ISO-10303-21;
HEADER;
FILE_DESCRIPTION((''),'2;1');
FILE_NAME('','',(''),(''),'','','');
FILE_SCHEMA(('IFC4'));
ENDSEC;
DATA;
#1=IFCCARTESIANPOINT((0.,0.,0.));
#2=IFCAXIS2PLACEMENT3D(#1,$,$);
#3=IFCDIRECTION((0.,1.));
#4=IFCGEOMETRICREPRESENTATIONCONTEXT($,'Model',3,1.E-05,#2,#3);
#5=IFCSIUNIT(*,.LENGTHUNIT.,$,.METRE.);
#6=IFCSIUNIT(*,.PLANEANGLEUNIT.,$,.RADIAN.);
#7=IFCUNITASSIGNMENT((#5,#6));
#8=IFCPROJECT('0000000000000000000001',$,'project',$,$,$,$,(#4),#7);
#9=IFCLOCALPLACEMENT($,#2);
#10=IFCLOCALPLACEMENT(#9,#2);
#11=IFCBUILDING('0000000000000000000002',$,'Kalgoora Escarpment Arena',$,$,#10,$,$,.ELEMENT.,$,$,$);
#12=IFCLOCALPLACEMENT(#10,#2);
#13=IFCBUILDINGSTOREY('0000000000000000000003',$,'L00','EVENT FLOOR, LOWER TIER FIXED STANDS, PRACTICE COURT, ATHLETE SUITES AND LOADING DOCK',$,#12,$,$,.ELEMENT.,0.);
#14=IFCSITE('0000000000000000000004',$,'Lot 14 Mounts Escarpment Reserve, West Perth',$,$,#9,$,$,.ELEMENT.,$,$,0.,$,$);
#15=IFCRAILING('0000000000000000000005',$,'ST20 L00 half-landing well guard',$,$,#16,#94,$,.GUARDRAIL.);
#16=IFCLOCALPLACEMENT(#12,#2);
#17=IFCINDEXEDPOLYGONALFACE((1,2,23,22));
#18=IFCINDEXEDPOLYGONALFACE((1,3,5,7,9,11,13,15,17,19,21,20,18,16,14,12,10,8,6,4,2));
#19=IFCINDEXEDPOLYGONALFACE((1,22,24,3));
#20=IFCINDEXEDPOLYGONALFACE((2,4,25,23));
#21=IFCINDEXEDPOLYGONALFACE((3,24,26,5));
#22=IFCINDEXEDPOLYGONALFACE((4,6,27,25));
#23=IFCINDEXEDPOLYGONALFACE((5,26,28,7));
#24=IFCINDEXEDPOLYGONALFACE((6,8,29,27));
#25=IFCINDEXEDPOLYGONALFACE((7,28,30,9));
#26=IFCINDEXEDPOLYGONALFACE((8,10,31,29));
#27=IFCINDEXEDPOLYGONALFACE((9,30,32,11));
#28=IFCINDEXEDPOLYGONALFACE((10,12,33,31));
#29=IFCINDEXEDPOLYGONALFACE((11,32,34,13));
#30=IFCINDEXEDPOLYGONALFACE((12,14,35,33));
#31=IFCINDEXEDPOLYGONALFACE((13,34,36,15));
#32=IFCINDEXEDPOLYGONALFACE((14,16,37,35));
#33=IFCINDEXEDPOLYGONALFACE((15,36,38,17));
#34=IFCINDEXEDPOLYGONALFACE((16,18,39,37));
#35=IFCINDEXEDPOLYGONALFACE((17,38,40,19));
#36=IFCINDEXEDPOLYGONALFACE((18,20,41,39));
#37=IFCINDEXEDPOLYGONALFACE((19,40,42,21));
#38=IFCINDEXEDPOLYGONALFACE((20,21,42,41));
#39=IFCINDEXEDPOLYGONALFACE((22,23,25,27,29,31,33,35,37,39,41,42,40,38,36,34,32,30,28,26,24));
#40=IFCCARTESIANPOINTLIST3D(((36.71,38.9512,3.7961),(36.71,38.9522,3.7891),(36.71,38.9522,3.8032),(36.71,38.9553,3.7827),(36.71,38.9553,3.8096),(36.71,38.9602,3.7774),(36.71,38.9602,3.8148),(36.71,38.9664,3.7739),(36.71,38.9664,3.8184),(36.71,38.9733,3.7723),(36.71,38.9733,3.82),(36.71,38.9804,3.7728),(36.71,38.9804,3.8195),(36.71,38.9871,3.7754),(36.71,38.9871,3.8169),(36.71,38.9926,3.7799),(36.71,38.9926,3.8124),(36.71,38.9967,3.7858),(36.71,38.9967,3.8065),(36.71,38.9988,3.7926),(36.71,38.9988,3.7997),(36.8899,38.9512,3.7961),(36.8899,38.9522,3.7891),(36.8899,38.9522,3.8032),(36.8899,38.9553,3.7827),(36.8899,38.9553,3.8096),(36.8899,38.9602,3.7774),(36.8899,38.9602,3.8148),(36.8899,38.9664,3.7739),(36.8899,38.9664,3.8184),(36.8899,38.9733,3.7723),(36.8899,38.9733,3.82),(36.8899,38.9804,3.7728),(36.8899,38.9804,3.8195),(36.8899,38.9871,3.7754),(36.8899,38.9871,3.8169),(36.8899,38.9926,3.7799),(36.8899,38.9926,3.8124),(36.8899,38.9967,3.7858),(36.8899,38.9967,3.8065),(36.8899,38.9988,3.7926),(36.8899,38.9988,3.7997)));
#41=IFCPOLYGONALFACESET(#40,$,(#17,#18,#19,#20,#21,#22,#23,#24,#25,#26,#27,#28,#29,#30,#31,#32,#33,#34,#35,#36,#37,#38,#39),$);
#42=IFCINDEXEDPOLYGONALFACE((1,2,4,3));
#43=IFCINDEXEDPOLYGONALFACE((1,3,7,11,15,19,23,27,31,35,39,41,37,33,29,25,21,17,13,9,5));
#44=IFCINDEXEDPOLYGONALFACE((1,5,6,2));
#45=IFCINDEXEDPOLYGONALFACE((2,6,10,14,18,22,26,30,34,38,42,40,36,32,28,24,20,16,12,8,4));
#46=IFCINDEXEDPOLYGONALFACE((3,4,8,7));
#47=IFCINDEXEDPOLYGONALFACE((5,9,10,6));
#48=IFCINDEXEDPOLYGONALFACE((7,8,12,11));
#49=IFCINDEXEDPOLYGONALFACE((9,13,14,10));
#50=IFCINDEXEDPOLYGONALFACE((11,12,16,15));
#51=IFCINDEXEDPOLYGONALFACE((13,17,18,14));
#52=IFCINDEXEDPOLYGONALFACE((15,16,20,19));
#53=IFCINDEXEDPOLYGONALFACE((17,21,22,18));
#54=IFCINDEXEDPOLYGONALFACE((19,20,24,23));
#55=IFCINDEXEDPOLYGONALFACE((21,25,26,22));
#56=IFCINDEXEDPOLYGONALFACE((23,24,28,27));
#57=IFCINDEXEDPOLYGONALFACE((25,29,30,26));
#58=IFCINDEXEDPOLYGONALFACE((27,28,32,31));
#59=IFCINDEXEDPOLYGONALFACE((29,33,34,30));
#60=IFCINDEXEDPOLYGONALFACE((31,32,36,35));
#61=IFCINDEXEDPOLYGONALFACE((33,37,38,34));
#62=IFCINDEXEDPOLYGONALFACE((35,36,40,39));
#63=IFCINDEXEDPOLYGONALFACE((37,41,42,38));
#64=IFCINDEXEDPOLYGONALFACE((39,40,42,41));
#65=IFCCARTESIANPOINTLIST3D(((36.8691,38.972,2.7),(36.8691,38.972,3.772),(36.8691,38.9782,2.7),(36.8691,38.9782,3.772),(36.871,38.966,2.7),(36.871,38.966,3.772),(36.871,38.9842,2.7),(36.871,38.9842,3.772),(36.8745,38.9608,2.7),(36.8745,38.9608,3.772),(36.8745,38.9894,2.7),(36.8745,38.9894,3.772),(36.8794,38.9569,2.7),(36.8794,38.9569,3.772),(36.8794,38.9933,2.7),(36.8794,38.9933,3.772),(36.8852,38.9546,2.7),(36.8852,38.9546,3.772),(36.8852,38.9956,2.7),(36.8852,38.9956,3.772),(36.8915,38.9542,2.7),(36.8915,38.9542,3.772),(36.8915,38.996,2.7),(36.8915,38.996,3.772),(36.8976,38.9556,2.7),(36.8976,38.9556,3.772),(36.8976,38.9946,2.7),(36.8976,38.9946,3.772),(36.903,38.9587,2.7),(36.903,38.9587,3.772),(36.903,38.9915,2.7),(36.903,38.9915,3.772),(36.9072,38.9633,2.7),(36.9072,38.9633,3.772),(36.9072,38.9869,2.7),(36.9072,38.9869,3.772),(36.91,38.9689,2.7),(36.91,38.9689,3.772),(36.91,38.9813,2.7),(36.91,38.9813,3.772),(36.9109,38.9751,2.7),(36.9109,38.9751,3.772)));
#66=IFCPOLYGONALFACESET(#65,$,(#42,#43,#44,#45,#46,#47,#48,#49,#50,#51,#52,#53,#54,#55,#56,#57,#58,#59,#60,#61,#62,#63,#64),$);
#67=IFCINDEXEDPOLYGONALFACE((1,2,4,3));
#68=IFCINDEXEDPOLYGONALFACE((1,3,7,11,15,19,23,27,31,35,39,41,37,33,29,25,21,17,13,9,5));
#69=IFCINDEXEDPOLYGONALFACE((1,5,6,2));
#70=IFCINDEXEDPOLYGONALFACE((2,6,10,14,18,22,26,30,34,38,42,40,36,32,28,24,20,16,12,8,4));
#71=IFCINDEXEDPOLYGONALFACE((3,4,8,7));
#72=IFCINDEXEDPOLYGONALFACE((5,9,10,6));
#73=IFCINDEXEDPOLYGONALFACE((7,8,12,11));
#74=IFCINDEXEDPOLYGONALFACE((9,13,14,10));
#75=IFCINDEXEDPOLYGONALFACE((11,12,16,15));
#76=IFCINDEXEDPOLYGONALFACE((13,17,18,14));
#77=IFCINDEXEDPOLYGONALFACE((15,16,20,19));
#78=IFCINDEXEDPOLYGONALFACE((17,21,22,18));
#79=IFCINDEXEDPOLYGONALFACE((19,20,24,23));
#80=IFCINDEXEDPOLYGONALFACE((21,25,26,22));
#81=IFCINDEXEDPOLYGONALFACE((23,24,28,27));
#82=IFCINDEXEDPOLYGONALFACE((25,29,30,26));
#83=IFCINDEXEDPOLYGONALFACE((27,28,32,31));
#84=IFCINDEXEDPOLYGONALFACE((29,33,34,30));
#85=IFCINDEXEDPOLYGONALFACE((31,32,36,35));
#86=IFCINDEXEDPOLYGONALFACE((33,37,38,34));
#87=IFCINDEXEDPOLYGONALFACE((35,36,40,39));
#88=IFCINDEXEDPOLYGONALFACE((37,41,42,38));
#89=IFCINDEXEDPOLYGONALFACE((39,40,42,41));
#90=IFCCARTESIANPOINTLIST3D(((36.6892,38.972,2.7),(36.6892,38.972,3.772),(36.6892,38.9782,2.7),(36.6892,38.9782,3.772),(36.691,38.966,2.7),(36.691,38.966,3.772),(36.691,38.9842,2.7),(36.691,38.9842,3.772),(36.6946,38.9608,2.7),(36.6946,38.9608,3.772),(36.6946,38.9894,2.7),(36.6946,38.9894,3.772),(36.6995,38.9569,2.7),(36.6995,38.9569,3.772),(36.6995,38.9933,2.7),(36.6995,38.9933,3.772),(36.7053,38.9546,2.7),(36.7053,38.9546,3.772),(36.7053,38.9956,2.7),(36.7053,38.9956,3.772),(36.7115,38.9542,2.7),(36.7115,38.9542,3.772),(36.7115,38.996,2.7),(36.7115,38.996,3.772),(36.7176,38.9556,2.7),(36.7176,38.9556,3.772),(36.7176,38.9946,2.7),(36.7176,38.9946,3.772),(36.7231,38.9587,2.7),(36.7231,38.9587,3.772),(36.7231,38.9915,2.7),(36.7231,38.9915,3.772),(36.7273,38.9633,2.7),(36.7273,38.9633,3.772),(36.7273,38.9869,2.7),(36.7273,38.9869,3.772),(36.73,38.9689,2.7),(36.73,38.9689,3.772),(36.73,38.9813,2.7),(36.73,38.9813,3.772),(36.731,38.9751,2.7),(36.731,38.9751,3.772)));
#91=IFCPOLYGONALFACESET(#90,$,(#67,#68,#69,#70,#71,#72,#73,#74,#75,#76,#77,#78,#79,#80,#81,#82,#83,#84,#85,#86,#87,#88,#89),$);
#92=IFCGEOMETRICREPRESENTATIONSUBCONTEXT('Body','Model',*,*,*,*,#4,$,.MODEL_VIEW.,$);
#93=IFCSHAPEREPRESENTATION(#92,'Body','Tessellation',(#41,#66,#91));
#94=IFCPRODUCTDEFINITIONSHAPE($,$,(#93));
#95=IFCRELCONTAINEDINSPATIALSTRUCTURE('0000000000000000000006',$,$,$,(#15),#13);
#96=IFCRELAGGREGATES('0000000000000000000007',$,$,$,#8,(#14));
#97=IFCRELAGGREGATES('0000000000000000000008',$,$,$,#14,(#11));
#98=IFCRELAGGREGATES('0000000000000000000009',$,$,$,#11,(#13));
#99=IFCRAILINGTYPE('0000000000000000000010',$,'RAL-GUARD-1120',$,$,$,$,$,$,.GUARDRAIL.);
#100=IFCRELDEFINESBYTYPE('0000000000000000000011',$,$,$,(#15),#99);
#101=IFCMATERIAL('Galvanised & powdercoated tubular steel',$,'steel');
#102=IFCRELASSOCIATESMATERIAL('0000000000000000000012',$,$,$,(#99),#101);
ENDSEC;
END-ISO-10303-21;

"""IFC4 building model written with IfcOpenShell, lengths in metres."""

from ifc_helpers import new_model, si_unit, direction, frame, origin, origin_2d, place, context, subcontext, project, spatial, circle, extrude, material, type_object, element, save


model = new_model("IFC4")

# Units and contexts
model_context = context("Model", 3, precision=1e-05, world=origin(), true_north=direction((0.0, 1.0)))
body_context = subcontext(model_context, "Body", "Model", "MODEL_VIEW")
ifc_project = project(units=[si_unit("LENGTHUNIT", "METRE"), si_unit("PLANEANGLEUNIT", "RADIAN")], contexts=[model_context])

# Site, building, storey
site_placement = place(None, origin())
site = spatial("IfcSite", under=ifc_project, at=site_placement, Name="Lot 14 Mounts Escarpment Reserve, West Perth", CompositionType="ELEMENT", RefElevation=0.0)
building_placement = place(site_placement, origin())
building = spatial("IfcBuilding", under=site, at=building_placement, Name="Kalgoora Escarpment Arena", CompositionType="ELEMENT")
storey_placement = place(building_placement, origin())
storey = spatial("IfcBuildingStorey", under=building, at=storey_placement, Name="L00", Description="EVENT FLOOR, LOWER TIER FIXED STANDS, PRACTICE COURT, ATHLETE SUITES AND LOADING DOCK", CompositionType="ELEMENT", Elevation=0.0)

# Railing
ifc_material_1 = material(Name="Galvanised & powdercoated tubular steel", Category="steel")
railing_type_1 = type_object("IfcRailingType", Name="RAL-GUARD-1120", PredefinedType="GUARDRAIL", material=ifc_material_1)
railing_placement = place(storey_placement, frame((36.8899, 38.9751, 2.7)))
element("IfcRailing", 1, at=railing_placement, inside=storey, type_object=railing_type_1, Name="ST20 L00 half-landing well guard", PredefinedType="GUARDRAIL", context=body_context, shape_type="SweptSolid", body=[
    extrude(circle(Radius=0.0239, at=origin_2d()), frame((0.0, 0.0, 1.0962), z_axis=(-1.0, 0.0, 0.0), x_axis=(0.0, -1.0, 0.0)), (0.0, 0.0, 1.0), 0.1799),
    extrude(circle(Radius=0.021, at=origin_2d()), origin(), (0.0, 0.0, 1.0), 1.072),
    extrude(circle(Radius=0.021, at=origin_2d()), frame((-0.1799, 0.0, 0.0)), (0.0, 0.0, 1.0), 1.072),
])

save(model, "model.ifc")
